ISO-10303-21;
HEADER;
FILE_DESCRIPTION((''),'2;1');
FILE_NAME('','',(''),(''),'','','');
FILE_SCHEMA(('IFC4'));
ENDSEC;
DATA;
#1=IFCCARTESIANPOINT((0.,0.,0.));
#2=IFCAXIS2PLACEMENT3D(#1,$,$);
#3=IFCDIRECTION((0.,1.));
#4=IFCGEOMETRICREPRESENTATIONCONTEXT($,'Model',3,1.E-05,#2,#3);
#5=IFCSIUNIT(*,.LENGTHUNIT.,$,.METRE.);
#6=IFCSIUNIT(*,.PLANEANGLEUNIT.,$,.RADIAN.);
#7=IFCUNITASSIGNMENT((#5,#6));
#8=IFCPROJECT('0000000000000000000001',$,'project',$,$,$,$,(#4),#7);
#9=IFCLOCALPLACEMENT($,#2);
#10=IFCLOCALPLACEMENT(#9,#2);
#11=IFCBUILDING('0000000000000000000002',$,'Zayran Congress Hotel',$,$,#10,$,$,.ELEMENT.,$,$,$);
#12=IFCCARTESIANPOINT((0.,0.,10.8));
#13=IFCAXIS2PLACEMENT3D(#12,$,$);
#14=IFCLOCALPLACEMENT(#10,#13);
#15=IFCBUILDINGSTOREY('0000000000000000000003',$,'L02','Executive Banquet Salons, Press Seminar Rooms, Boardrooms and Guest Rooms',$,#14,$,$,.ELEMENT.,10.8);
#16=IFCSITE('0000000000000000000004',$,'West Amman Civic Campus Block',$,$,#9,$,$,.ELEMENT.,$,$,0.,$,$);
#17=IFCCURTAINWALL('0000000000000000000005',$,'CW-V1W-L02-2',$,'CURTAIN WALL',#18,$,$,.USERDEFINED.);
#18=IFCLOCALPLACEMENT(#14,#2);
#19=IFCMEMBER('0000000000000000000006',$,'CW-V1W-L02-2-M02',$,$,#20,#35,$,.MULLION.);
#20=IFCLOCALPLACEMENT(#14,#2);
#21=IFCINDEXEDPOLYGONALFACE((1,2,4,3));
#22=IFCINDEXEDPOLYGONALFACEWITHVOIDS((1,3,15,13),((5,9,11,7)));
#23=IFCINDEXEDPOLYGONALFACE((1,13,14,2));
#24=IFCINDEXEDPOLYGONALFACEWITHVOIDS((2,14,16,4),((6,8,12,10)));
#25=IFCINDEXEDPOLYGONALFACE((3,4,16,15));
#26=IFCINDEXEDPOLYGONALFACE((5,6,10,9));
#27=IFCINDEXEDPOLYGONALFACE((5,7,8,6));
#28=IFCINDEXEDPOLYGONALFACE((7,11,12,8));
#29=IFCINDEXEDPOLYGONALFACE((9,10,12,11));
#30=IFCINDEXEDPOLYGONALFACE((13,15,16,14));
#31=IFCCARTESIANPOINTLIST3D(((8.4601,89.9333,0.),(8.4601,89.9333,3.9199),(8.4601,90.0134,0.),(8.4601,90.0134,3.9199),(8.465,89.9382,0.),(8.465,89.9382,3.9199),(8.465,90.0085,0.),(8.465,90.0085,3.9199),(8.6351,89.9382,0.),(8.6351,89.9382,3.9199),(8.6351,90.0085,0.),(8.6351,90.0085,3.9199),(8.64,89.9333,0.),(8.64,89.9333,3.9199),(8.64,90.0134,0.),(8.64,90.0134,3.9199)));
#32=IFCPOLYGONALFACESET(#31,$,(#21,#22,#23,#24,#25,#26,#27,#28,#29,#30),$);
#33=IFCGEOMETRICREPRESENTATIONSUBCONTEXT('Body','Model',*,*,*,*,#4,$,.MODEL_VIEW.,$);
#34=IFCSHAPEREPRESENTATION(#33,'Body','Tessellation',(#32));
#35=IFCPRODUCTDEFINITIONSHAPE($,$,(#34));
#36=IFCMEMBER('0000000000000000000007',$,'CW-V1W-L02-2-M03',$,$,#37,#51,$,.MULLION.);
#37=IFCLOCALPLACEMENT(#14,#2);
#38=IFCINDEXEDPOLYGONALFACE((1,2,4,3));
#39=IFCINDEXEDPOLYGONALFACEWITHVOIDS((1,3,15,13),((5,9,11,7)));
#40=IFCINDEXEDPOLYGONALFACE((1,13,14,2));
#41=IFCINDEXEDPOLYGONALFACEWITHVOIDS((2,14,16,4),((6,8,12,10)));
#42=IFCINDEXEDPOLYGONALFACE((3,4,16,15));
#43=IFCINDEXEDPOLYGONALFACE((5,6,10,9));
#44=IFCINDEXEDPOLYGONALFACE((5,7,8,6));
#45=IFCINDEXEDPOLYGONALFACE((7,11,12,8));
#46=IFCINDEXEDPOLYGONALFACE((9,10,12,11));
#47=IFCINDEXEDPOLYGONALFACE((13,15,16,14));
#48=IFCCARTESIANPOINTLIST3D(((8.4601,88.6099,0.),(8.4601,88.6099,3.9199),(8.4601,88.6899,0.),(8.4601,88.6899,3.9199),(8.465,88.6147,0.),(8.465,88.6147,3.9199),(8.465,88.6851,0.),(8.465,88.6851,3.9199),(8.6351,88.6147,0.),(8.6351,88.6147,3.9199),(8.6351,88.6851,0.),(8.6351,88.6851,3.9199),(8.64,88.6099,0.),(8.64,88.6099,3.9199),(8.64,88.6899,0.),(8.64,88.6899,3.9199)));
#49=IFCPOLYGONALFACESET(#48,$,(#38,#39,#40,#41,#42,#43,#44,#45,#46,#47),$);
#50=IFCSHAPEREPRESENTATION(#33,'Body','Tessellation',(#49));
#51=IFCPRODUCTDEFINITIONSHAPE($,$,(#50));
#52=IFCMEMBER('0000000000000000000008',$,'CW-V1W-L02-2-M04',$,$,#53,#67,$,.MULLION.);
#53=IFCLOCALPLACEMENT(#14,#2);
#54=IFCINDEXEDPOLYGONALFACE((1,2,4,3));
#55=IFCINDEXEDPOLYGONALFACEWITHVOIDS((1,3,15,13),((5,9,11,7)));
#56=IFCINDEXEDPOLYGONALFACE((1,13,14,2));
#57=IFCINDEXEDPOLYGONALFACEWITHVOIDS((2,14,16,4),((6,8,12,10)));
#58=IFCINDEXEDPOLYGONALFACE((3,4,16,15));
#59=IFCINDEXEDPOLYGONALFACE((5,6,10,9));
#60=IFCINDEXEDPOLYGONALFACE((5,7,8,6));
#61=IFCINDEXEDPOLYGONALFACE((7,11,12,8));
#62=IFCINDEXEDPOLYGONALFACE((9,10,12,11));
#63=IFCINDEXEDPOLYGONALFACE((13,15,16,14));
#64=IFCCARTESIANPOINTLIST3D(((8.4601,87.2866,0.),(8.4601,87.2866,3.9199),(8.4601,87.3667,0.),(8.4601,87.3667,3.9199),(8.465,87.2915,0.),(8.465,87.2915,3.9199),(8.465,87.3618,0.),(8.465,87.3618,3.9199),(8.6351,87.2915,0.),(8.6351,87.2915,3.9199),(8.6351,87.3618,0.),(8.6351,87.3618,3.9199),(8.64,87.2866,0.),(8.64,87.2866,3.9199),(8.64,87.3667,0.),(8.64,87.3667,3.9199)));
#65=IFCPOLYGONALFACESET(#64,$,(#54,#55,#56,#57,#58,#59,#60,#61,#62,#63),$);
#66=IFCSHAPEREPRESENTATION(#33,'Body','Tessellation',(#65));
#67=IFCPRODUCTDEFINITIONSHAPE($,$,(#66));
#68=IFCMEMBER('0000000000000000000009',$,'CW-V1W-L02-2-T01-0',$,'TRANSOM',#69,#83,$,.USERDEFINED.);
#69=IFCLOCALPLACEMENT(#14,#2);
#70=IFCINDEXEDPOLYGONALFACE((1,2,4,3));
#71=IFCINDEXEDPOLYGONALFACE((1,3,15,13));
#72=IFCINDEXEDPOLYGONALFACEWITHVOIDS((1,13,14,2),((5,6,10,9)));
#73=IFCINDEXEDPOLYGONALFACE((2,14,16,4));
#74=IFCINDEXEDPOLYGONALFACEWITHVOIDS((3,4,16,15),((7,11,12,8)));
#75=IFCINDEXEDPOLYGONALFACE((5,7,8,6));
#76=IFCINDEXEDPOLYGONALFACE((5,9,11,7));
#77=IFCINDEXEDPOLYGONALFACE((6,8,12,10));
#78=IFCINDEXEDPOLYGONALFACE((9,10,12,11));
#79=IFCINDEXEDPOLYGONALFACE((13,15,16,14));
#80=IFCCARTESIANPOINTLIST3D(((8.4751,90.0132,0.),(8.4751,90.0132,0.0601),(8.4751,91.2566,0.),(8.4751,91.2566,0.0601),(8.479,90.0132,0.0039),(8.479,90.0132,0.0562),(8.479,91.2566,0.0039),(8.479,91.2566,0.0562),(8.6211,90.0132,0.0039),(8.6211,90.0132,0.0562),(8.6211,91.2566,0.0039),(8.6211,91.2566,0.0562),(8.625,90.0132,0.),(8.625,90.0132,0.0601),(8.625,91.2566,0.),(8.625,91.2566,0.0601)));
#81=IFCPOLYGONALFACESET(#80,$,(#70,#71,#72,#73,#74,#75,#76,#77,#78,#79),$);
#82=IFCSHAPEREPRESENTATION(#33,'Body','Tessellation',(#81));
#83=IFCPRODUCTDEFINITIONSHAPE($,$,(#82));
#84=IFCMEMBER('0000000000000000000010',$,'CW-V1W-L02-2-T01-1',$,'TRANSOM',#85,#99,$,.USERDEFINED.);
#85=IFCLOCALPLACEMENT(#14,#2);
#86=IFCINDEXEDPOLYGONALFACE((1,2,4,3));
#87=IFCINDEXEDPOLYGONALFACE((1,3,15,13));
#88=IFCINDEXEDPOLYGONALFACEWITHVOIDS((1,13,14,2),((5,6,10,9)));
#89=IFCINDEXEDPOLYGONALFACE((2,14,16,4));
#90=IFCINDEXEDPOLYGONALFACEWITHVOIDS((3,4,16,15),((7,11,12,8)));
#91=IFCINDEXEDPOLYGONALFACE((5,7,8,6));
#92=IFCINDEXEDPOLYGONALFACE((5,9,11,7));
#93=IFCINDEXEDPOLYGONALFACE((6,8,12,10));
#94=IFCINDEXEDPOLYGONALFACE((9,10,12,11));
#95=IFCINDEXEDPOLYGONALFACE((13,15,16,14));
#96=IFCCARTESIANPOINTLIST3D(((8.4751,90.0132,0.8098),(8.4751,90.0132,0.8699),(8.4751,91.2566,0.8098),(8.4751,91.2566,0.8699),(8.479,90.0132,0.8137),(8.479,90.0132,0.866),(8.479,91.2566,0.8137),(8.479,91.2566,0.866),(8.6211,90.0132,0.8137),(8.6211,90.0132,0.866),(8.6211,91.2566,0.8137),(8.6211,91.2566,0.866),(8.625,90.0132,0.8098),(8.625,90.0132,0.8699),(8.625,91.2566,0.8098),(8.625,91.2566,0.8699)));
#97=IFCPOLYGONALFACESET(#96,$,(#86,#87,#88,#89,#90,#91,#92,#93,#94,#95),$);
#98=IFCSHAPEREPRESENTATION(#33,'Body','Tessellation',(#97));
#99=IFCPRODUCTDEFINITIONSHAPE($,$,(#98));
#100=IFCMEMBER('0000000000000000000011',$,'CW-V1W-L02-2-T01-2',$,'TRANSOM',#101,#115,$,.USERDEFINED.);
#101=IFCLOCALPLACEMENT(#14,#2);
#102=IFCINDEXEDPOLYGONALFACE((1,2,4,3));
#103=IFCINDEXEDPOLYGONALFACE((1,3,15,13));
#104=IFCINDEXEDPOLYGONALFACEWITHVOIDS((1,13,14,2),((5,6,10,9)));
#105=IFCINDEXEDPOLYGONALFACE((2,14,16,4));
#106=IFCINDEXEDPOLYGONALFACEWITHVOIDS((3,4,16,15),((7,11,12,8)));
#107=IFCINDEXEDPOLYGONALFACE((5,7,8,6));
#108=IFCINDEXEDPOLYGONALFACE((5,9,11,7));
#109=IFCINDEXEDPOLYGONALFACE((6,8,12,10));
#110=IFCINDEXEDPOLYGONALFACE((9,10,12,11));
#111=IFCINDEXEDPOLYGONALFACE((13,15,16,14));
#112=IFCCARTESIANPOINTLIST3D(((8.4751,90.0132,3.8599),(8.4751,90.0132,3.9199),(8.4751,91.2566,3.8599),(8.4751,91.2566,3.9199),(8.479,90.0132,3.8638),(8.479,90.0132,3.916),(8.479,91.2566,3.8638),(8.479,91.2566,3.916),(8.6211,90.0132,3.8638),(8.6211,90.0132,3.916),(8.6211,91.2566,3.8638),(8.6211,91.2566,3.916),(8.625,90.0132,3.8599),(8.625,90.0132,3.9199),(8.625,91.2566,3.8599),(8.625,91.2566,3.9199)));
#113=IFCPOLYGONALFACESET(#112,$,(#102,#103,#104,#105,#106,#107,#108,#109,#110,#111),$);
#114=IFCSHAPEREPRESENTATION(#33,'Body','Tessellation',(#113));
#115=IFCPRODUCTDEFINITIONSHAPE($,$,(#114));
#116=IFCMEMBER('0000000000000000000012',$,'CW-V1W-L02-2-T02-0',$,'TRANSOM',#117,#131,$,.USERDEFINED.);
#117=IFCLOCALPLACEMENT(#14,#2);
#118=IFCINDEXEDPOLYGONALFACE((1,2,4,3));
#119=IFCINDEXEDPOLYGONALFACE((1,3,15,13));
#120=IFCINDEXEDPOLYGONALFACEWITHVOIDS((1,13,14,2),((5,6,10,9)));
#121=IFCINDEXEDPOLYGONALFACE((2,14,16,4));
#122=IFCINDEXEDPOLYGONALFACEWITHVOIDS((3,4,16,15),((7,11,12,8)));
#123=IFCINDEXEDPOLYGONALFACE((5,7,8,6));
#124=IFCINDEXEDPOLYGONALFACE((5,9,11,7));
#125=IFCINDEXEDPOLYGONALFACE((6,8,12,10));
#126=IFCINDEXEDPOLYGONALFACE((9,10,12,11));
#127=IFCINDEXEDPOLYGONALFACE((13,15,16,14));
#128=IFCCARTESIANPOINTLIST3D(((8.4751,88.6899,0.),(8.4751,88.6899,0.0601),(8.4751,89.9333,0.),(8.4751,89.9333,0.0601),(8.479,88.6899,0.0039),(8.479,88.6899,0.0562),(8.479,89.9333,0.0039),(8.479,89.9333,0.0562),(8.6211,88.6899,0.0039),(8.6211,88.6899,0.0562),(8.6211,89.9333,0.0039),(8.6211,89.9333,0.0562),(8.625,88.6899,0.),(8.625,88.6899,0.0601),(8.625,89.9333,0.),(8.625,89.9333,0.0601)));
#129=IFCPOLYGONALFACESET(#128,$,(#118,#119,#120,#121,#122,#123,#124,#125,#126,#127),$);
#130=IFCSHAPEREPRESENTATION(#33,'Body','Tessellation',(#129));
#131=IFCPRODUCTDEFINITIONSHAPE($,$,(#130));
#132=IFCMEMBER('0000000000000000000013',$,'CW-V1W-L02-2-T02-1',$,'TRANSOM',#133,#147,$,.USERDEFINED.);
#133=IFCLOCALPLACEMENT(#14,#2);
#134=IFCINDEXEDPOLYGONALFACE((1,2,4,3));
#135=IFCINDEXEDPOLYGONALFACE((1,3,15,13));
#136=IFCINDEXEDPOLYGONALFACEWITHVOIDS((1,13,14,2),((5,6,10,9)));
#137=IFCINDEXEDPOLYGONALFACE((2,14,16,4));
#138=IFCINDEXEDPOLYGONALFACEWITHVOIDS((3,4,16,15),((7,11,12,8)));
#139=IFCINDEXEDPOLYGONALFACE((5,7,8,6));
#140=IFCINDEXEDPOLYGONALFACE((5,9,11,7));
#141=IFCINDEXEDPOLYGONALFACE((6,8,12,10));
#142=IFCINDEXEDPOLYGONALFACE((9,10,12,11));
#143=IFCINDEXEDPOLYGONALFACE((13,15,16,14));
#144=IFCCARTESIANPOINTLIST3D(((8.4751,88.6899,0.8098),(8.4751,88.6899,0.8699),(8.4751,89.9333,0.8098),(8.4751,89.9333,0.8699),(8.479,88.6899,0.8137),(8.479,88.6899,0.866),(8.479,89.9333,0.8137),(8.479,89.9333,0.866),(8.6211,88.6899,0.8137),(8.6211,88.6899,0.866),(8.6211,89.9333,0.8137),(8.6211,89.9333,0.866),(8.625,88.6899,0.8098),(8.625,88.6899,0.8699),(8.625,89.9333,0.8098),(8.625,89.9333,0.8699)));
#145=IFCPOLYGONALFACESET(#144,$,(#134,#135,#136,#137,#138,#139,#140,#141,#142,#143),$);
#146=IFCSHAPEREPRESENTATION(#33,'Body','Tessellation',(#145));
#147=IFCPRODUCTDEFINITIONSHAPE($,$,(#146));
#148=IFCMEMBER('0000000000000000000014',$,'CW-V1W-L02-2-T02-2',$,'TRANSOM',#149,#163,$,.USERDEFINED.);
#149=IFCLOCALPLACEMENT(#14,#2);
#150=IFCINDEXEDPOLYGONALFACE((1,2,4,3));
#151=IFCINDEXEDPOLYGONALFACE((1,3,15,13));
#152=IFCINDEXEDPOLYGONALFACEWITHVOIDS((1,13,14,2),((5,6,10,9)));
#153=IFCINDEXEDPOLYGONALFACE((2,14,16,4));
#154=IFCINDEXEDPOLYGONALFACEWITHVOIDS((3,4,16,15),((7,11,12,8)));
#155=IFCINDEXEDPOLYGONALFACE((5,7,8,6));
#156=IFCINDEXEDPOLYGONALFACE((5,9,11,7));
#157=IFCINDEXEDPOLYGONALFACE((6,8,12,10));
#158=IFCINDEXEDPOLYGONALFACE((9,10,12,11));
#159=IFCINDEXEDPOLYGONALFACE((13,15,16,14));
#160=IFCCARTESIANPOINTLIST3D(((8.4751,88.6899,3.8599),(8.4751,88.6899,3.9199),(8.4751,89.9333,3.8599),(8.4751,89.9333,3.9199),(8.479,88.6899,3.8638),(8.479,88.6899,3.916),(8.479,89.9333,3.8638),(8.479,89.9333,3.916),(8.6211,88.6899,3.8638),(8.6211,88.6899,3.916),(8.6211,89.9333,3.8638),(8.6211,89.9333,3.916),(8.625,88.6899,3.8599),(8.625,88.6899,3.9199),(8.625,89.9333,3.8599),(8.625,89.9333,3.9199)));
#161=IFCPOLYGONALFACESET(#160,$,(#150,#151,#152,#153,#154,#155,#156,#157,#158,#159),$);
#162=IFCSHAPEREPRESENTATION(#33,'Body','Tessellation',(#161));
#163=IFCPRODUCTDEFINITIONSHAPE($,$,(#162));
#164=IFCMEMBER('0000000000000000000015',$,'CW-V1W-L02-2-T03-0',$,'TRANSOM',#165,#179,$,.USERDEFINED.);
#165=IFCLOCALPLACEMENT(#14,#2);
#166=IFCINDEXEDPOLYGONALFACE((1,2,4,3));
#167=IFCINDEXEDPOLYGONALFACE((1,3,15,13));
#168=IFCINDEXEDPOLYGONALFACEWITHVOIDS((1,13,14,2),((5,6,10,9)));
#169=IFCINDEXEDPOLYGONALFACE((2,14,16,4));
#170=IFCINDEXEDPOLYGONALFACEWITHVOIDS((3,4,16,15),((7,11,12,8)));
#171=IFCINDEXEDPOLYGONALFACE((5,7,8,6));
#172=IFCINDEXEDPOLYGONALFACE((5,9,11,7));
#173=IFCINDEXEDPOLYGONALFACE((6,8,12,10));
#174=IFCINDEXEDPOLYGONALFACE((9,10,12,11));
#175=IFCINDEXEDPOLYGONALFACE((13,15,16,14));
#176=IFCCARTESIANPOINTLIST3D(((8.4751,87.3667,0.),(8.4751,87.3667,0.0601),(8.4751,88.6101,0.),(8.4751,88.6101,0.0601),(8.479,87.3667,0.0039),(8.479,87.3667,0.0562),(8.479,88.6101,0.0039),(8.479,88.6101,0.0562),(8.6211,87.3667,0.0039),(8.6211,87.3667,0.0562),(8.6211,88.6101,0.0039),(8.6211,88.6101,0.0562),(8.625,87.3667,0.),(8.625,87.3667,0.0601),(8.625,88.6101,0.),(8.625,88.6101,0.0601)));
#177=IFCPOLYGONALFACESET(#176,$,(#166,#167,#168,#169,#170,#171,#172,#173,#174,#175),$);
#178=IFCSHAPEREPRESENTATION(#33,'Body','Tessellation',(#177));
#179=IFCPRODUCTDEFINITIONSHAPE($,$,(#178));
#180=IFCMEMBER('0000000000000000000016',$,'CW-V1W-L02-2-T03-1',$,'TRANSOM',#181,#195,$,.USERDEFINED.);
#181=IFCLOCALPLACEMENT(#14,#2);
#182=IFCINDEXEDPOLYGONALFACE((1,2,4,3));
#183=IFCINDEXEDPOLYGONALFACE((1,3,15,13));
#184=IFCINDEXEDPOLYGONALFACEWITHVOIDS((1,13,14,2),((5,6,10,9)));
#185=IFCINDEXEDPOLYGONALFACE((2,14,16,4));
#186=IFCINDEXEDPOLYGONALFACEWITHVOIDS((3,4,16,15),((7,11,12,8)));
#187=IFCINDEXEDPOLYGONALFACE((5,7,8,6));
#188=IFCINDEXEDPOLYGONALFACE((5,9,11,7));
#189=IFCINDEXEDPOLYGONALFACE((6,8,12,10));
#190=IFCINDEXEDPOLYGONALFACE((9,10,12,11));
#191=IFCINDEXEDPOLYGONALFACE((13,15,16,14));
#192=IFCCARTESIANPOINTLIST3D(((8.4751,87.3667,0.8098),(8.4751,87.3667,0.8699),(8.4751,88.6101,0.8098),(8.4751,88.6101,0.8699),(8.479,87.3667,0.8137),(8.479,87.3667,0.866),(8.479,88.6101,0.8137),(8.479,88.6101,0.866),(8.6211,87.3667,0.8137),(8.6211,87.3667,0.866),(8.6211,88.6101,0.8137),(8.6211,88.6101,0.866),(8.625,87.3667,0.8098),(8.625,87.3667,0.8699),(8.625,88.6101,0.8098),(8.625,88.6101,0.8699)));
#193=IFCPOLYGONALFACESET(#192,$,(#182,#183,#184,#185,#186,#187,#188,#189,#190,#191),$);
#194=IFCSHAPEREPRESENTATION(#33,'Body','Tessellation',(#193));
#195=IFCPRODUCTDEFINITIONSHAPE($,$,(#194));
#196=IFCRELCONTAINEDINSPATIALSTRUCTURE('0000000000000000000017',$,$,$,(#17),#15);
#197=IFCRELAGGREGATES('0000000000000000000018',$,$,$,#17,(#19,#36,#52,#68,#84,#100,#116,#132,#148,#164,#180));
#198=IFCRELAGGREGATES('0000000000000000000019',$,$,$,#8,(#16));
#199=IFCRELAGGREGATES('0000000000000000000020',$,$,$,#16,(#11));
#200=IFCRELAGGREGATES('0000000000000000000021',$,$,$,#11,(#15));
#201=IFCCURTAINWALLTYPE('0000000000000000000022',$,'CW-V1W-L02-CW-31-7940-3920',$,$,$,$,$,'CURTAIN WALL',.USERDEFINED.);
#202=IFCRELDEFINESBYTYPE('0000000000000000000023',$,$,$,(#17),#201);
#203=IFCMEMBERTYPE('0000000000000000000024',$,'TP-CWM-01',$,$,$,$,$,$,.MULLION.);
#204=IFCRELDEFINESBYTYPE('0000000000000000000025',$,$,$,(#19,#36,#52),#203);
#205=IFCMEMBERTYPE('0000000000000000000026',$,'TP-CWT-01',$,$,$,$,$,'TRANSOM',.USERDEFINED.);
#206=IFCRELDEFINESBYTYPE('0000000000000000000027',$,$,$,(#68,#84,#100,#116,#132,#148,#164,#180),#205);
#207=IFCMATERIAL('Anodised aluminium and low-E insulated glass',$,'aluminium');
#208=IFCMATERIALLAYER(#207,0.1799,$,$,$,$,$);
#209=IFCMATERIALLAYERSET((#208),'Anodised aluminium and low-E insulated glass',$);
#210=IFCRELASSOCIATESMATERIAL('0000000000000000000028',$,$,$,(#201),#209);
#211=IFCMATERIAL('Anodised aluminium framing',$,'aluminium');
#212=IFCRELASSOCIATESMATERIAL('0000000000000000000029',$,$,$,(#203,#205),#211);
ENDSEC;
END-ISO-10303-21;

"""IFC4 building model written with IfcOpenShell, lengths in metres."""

from ifc_helpers import new_model, si_unit, direction, frame, origin, origin_2d, place, context, subcontext, project, spatial, hollow_rectangle, extrude, material, layer, layer_set, material_profile, profile_set, type_object, element, aggregate, save


model = new_model("IFC4")

# Units and contexts
model_context = context("Model", 3, precision=1e-05, world=origin(), true_north=direction((0.0, 1.0)))
body_context = subcontext(model_context, "Body", "Model", "MODEL_VIEW")
ifc_project = project(units=[si_unit("LENGTHUNIT", "METRE"), si_unit("PLANEANGLEUNIT", "RADIAN")], contexts=[model_context])

# Site, building, storey
site_placement = place(None, origin())
site = spatial("IfcSite", under=ifc_project, at=site_placement, Name="West Amman Civic Campus Block", CompositionType="ELEMENT", RefElevation=0.0)
building_placement = place(site_placement, origin())
building = spatial("IfcBuilding", under=site, at=building_placement, Name="Zayran Congress Hotel", CompositionType="ELEMENT")
storey_placement = place(building_placement, frame((0.0, 0.0, 10.8)))
storey = spatial("IfcBuildingStorey", under=building, at=storey_placement, Name="L02", Description="Executive Banquet Salons, Press Seminar Rooms, Boardrooms and Guest Rooms", CompositionType="ELEMENT", Elevation=10.8)

# Curtain wall, members
ifc_material_1 = material(Name="Anodised aluminium and low-E insulated glass", Category="aluminium")
ifc_layer_1 = layer(ifc_material_1, 0.1799)
ifc_layer_set_1 = layer_set([ifc_layer_1], Name="Anodised aluminium and low-E insulated glass")
curtain_wall_type = type_object("IfcCurtainWallType", Name="CW-V1W-L02-CW-31-7940-3920", ElementType="CURTAIN WALL", PredefinedType="USERDEFINED", material=ifc_layer_set_1)
curtain_wall_placement = place(storey_placement, origin())
curtain_wall = element("IfcCurtainWall", 1, at=curtain_wall_placement, inside=storey, type_object=curtain_wall_type, Name="CW-V1W-L02-2", ObjectType="CURTAIN WALL", PredefinedType="USERDEFINED")
ifc_material_2 = material(Name="Anodised aluminium framing", Category="aluminium")
ifc_material_profile_1 = material_profile(ifc_material_2, hollow_rectangle(XDim=0.0801, YDim=0.1799, WallThickness=0.0049, at=origin_2d()), Name="RHS 180x80x5")
ifc_profile_set_1 = profile_set([ifc_material_profile_1], Name="Anodised aluminium framing")
member_type_1 = type_object("IfcMemberType", Name="TP-CWM-01", PredefinedType="MULLION", material=ifc_profile_set_1)
member_1_placement = place(storey_placement, frame((8.55, 89.9734, 0.0), z_axis=(0.0, 0.0, 1.0), x_axis=(0.0, 1.0, 0.0)))
member_1 = element("IfcMember", 2, at=member_1_placement, type_object=member_type_1, Name="CW-V1W-L02-2-M02", PredefinedType="MULLION", context=body_context, shape_type="SweptSolid", body=[
    extrude(hollow_rectangle(XDim=0.0801, YDim=0.1799, WallThickness=0.0049, at=origin_2d()), origin(), (0.0, 0.0, 1.0), 3.9199),
])
member_2_placement = place(storey_placement, frame((8.55, 88.6499, 0.0), z_axis=(0.0, 0.0, 1.0), x_axis=(0.0, 1.0, 0.0)))
member_2 = element("IfcMember", 3, at=member_2_placement, type_object=member_type_1, Name="CW-V1W-L02-2-M03", PredefinedType="MULLION", context=body_context, shape_type="SweptSolid", body=[
    extrude(hollow_rectangle(XDim=0.0801, YDim=0.1799, WallThickness=0.0049, at=origin_2d()), origin(), (0.0, 0.0, 1.0), 3.9199),
])
member_3_placement = place(storey_placement, frame((8.55, 87.3267, 0.0), z_axis=(0.0, 0.0, 1.0), x_axis=(0.0, 1.0, 0.0)))
member_3 = element("IfcMember", 4, at=member_3_placement, type_object=member_type_1, Name="CW-V1W-L02-2-M04", PredefinedType="MULLION", context=body_context, shape_type="SweptSolid", body=[
    extrude(hollow_rectangle(XDim=0.0801, YDim=0.1799, WallThickness=0.0049, at=origin_2d()), origin(), (0.0, 0.0, 1.0), 3.9199),
])
ifc_material_profile_2 = material_profile(ifc_material_2, hollow_rectangle(XDim=0.0601, YDim=0.1499, WallThickness=0.0039, at=origin_2d()), Name="RHS 150x60x4")
ifc_profile_set_2 = profile_set([ifc_material_profile_2], Name="Anodised aluminium framing")
member_type_2 = type_object("IfcMemberType", Name="TP-CWT-01", ElementType="TRANSOM", PredefinedType="USERDEFINED", material=ifc_profile_set_2)
member_4_placement = place(storey_placement, frame((8.55, 91.2566, 0.03), z_axis=(0.0, -1.0, 0.0), x_axis=(0.0, 0.0, 1.0)))
member_4 = element("IfcMember", 5, at=member_4_placement, type_object=member_type_2, Name="CW-V1W-L02-2-T01-0", ObjectType="TRANSOM", PredefinedType="USERDEFINED", context=body_context, shape_type="SweptSolid", body=[
    extrude(hollow_rectangle(XDim=0.0601, YDim=0.1499, WallThickness=0.0039, at=origin_2d()), origin(), (0.0, 0.0, 1.0), 1.2434),
])
member_5_placement = place(storey_placement, frame((8.55, 91.2566, 0.8398), z_axis=(0.0, -1.0, 0.0), x_axis=(0.0, 0.0, 1.0)))
member_5 = element("IfcMember", 6, at=member_5_placement, type_object=member_type_2, Name="CW-V1W-L02-2-T01-1", ObjectType="TRANSOM", PredefinedType="USERDEFINED", context=body_context, shape_type="SweptSolid", body=[
    extrude(hollow_rectangle(XDim=0.0601, YDim=0.1499, WallThickness=0.0039, at=origin_2d()), origin(), (0.0, 0.0, 1.0), 1.2434),
])
member_6_placement = place(storey_placement, frame((8.55, 91.2566, 3.8899), z_axis=(0.0, -1.0, 0.0), x_axis=(0.0, 0.0, 1.0)))
member_6 = element("IfcMember", 7, at=member_6_placement, type_object=member_type_2, Name="CW-V1W-L02-2-T01-2", ObjectType="TRANSOM", PredefinedType="USERDEFINED", context=body_context, shape_type="SweptSolid", body=[
    extrude(hollow_rectangle(XDim=0.0601, YDim=0.1499, WallThickness=0.0039, at=origin_2d()), origin(), (0.0, 0.0, 1.0), 1.2434),
])
member_7_placement = place(storey_placement, frame((8.55, 89.9333, 0.03), z_axis=(0.0, -1.0, 0.0), x_axis=(0.0, 0.0, 1.0)))
member_7 = element("IfcMember", 8, at=member_7_placement, type_object=member_type_2, Name="CW-V1W-L02-2-T02-0", ObjectType="TRANSOM", PredefinedType="USERDEFINED", context=body_context, shape_type="SweptSolid", body=[
    extrude(hollow_rectangle(XDim=0.0601, YDim=0.1499, WallThickness=0.0039, at=origin_2d()), origin(), (0.0, 0.0, 1.0), 1.2434),
])
member_8_placement = place(storey_placement, frame((8.55, 89.9333, 0.8398), z_axis=(0.0, -1.0, 0.0), x_axis=(0.0, 0.0, 1.0)))
member_8 = element("IfcMember", 9, at=member_8_placement, type_object=member_type_2, Name="CW-V1W-L02-2-T02-1", ObjectType="TRANSOM", PredefinedType="USERDEFINED", context=body_context, shape_type="SweptSolid", body=[
    extrude(hollow_rectangle(XDim=0.0601, YDim=0.1499, WallThickness=0.0039, at=origin_2d()), origin(), (0.0, 0.0, 1.0), 1.2434),
])
member_9_placement = place(storey_placement, frame((8.55, 89.9333, 3.8899), z_axis=(0.0, -1.0, 0.0), x_axis=(0.0, 0.0, 1.0)))
member_9 = element("IfcMember", 10, at=member_9_placement, type_object=member_type_2, Name="CW-V1W-L02-2-T02-2", ObjectType="TRANSOM", PredefinedType="USERDEFINED", context=body_context, shape_type="SweptSolid", body=[
    extrude(hollow_rectangle(XDim=0.0601, YDim=0.1499, WallThickness=0.0039, at=origin_2d()), origin(), (0.0, 0.0, 1.0), 1.2434),
])
member_10_placement = place(storey_placement, frame((8.55, 88.6101, 0.03), z_axis=(0.0, -1.0, 0.0), x_axis=(0.0, 0.0, 1.0)))
member_10 = element("IfcMember", 11, at=member_10_placement, type_object=member_type_2, Name="CW-V1W-L02-2-T03-0", ObjectType="TRANSOM", PredefinedType="USERDEFINED", context=body_context, shape_type="SweptSolid", body=[
    extrude(hollow_rectangle(XDim=0.0601, YDim=0.1499, WallThickness=0.0039, at=origin_2d()), origin(), (0.0, 0.0, 1.0), 1.2434),
])
member_11_placement = place(storey_placement, frame((8.55, 88.6101, 0.8398), z_axis=(0.0, -1.0, 0.0), x_axis=(0.0, 0.0, 1.0)))
member_11 = element("IfcMember", 12, at=member_11_placement, type_object=member_type_2, Name="CW-V1W-L02-2-T03-1", ObjectType="TRANSOM", PredefinedType="USERDEFINED", context=body_context, shape_type="SweptSolid", body=[
    extrude(hollow_rectangle(XDim=0.0601, YDim=0.1499, WallThickness=0.0039, at=origin_2d()), origin(), (0.0, 0.0, 1.0), 1.2434),
])
aggregate(curtain_wall, [member_1, member_2, member_3, member_4, member_5, member_6, member_7, member_8, member_9, member_10, member_11])

save(model, "model.ifc")
